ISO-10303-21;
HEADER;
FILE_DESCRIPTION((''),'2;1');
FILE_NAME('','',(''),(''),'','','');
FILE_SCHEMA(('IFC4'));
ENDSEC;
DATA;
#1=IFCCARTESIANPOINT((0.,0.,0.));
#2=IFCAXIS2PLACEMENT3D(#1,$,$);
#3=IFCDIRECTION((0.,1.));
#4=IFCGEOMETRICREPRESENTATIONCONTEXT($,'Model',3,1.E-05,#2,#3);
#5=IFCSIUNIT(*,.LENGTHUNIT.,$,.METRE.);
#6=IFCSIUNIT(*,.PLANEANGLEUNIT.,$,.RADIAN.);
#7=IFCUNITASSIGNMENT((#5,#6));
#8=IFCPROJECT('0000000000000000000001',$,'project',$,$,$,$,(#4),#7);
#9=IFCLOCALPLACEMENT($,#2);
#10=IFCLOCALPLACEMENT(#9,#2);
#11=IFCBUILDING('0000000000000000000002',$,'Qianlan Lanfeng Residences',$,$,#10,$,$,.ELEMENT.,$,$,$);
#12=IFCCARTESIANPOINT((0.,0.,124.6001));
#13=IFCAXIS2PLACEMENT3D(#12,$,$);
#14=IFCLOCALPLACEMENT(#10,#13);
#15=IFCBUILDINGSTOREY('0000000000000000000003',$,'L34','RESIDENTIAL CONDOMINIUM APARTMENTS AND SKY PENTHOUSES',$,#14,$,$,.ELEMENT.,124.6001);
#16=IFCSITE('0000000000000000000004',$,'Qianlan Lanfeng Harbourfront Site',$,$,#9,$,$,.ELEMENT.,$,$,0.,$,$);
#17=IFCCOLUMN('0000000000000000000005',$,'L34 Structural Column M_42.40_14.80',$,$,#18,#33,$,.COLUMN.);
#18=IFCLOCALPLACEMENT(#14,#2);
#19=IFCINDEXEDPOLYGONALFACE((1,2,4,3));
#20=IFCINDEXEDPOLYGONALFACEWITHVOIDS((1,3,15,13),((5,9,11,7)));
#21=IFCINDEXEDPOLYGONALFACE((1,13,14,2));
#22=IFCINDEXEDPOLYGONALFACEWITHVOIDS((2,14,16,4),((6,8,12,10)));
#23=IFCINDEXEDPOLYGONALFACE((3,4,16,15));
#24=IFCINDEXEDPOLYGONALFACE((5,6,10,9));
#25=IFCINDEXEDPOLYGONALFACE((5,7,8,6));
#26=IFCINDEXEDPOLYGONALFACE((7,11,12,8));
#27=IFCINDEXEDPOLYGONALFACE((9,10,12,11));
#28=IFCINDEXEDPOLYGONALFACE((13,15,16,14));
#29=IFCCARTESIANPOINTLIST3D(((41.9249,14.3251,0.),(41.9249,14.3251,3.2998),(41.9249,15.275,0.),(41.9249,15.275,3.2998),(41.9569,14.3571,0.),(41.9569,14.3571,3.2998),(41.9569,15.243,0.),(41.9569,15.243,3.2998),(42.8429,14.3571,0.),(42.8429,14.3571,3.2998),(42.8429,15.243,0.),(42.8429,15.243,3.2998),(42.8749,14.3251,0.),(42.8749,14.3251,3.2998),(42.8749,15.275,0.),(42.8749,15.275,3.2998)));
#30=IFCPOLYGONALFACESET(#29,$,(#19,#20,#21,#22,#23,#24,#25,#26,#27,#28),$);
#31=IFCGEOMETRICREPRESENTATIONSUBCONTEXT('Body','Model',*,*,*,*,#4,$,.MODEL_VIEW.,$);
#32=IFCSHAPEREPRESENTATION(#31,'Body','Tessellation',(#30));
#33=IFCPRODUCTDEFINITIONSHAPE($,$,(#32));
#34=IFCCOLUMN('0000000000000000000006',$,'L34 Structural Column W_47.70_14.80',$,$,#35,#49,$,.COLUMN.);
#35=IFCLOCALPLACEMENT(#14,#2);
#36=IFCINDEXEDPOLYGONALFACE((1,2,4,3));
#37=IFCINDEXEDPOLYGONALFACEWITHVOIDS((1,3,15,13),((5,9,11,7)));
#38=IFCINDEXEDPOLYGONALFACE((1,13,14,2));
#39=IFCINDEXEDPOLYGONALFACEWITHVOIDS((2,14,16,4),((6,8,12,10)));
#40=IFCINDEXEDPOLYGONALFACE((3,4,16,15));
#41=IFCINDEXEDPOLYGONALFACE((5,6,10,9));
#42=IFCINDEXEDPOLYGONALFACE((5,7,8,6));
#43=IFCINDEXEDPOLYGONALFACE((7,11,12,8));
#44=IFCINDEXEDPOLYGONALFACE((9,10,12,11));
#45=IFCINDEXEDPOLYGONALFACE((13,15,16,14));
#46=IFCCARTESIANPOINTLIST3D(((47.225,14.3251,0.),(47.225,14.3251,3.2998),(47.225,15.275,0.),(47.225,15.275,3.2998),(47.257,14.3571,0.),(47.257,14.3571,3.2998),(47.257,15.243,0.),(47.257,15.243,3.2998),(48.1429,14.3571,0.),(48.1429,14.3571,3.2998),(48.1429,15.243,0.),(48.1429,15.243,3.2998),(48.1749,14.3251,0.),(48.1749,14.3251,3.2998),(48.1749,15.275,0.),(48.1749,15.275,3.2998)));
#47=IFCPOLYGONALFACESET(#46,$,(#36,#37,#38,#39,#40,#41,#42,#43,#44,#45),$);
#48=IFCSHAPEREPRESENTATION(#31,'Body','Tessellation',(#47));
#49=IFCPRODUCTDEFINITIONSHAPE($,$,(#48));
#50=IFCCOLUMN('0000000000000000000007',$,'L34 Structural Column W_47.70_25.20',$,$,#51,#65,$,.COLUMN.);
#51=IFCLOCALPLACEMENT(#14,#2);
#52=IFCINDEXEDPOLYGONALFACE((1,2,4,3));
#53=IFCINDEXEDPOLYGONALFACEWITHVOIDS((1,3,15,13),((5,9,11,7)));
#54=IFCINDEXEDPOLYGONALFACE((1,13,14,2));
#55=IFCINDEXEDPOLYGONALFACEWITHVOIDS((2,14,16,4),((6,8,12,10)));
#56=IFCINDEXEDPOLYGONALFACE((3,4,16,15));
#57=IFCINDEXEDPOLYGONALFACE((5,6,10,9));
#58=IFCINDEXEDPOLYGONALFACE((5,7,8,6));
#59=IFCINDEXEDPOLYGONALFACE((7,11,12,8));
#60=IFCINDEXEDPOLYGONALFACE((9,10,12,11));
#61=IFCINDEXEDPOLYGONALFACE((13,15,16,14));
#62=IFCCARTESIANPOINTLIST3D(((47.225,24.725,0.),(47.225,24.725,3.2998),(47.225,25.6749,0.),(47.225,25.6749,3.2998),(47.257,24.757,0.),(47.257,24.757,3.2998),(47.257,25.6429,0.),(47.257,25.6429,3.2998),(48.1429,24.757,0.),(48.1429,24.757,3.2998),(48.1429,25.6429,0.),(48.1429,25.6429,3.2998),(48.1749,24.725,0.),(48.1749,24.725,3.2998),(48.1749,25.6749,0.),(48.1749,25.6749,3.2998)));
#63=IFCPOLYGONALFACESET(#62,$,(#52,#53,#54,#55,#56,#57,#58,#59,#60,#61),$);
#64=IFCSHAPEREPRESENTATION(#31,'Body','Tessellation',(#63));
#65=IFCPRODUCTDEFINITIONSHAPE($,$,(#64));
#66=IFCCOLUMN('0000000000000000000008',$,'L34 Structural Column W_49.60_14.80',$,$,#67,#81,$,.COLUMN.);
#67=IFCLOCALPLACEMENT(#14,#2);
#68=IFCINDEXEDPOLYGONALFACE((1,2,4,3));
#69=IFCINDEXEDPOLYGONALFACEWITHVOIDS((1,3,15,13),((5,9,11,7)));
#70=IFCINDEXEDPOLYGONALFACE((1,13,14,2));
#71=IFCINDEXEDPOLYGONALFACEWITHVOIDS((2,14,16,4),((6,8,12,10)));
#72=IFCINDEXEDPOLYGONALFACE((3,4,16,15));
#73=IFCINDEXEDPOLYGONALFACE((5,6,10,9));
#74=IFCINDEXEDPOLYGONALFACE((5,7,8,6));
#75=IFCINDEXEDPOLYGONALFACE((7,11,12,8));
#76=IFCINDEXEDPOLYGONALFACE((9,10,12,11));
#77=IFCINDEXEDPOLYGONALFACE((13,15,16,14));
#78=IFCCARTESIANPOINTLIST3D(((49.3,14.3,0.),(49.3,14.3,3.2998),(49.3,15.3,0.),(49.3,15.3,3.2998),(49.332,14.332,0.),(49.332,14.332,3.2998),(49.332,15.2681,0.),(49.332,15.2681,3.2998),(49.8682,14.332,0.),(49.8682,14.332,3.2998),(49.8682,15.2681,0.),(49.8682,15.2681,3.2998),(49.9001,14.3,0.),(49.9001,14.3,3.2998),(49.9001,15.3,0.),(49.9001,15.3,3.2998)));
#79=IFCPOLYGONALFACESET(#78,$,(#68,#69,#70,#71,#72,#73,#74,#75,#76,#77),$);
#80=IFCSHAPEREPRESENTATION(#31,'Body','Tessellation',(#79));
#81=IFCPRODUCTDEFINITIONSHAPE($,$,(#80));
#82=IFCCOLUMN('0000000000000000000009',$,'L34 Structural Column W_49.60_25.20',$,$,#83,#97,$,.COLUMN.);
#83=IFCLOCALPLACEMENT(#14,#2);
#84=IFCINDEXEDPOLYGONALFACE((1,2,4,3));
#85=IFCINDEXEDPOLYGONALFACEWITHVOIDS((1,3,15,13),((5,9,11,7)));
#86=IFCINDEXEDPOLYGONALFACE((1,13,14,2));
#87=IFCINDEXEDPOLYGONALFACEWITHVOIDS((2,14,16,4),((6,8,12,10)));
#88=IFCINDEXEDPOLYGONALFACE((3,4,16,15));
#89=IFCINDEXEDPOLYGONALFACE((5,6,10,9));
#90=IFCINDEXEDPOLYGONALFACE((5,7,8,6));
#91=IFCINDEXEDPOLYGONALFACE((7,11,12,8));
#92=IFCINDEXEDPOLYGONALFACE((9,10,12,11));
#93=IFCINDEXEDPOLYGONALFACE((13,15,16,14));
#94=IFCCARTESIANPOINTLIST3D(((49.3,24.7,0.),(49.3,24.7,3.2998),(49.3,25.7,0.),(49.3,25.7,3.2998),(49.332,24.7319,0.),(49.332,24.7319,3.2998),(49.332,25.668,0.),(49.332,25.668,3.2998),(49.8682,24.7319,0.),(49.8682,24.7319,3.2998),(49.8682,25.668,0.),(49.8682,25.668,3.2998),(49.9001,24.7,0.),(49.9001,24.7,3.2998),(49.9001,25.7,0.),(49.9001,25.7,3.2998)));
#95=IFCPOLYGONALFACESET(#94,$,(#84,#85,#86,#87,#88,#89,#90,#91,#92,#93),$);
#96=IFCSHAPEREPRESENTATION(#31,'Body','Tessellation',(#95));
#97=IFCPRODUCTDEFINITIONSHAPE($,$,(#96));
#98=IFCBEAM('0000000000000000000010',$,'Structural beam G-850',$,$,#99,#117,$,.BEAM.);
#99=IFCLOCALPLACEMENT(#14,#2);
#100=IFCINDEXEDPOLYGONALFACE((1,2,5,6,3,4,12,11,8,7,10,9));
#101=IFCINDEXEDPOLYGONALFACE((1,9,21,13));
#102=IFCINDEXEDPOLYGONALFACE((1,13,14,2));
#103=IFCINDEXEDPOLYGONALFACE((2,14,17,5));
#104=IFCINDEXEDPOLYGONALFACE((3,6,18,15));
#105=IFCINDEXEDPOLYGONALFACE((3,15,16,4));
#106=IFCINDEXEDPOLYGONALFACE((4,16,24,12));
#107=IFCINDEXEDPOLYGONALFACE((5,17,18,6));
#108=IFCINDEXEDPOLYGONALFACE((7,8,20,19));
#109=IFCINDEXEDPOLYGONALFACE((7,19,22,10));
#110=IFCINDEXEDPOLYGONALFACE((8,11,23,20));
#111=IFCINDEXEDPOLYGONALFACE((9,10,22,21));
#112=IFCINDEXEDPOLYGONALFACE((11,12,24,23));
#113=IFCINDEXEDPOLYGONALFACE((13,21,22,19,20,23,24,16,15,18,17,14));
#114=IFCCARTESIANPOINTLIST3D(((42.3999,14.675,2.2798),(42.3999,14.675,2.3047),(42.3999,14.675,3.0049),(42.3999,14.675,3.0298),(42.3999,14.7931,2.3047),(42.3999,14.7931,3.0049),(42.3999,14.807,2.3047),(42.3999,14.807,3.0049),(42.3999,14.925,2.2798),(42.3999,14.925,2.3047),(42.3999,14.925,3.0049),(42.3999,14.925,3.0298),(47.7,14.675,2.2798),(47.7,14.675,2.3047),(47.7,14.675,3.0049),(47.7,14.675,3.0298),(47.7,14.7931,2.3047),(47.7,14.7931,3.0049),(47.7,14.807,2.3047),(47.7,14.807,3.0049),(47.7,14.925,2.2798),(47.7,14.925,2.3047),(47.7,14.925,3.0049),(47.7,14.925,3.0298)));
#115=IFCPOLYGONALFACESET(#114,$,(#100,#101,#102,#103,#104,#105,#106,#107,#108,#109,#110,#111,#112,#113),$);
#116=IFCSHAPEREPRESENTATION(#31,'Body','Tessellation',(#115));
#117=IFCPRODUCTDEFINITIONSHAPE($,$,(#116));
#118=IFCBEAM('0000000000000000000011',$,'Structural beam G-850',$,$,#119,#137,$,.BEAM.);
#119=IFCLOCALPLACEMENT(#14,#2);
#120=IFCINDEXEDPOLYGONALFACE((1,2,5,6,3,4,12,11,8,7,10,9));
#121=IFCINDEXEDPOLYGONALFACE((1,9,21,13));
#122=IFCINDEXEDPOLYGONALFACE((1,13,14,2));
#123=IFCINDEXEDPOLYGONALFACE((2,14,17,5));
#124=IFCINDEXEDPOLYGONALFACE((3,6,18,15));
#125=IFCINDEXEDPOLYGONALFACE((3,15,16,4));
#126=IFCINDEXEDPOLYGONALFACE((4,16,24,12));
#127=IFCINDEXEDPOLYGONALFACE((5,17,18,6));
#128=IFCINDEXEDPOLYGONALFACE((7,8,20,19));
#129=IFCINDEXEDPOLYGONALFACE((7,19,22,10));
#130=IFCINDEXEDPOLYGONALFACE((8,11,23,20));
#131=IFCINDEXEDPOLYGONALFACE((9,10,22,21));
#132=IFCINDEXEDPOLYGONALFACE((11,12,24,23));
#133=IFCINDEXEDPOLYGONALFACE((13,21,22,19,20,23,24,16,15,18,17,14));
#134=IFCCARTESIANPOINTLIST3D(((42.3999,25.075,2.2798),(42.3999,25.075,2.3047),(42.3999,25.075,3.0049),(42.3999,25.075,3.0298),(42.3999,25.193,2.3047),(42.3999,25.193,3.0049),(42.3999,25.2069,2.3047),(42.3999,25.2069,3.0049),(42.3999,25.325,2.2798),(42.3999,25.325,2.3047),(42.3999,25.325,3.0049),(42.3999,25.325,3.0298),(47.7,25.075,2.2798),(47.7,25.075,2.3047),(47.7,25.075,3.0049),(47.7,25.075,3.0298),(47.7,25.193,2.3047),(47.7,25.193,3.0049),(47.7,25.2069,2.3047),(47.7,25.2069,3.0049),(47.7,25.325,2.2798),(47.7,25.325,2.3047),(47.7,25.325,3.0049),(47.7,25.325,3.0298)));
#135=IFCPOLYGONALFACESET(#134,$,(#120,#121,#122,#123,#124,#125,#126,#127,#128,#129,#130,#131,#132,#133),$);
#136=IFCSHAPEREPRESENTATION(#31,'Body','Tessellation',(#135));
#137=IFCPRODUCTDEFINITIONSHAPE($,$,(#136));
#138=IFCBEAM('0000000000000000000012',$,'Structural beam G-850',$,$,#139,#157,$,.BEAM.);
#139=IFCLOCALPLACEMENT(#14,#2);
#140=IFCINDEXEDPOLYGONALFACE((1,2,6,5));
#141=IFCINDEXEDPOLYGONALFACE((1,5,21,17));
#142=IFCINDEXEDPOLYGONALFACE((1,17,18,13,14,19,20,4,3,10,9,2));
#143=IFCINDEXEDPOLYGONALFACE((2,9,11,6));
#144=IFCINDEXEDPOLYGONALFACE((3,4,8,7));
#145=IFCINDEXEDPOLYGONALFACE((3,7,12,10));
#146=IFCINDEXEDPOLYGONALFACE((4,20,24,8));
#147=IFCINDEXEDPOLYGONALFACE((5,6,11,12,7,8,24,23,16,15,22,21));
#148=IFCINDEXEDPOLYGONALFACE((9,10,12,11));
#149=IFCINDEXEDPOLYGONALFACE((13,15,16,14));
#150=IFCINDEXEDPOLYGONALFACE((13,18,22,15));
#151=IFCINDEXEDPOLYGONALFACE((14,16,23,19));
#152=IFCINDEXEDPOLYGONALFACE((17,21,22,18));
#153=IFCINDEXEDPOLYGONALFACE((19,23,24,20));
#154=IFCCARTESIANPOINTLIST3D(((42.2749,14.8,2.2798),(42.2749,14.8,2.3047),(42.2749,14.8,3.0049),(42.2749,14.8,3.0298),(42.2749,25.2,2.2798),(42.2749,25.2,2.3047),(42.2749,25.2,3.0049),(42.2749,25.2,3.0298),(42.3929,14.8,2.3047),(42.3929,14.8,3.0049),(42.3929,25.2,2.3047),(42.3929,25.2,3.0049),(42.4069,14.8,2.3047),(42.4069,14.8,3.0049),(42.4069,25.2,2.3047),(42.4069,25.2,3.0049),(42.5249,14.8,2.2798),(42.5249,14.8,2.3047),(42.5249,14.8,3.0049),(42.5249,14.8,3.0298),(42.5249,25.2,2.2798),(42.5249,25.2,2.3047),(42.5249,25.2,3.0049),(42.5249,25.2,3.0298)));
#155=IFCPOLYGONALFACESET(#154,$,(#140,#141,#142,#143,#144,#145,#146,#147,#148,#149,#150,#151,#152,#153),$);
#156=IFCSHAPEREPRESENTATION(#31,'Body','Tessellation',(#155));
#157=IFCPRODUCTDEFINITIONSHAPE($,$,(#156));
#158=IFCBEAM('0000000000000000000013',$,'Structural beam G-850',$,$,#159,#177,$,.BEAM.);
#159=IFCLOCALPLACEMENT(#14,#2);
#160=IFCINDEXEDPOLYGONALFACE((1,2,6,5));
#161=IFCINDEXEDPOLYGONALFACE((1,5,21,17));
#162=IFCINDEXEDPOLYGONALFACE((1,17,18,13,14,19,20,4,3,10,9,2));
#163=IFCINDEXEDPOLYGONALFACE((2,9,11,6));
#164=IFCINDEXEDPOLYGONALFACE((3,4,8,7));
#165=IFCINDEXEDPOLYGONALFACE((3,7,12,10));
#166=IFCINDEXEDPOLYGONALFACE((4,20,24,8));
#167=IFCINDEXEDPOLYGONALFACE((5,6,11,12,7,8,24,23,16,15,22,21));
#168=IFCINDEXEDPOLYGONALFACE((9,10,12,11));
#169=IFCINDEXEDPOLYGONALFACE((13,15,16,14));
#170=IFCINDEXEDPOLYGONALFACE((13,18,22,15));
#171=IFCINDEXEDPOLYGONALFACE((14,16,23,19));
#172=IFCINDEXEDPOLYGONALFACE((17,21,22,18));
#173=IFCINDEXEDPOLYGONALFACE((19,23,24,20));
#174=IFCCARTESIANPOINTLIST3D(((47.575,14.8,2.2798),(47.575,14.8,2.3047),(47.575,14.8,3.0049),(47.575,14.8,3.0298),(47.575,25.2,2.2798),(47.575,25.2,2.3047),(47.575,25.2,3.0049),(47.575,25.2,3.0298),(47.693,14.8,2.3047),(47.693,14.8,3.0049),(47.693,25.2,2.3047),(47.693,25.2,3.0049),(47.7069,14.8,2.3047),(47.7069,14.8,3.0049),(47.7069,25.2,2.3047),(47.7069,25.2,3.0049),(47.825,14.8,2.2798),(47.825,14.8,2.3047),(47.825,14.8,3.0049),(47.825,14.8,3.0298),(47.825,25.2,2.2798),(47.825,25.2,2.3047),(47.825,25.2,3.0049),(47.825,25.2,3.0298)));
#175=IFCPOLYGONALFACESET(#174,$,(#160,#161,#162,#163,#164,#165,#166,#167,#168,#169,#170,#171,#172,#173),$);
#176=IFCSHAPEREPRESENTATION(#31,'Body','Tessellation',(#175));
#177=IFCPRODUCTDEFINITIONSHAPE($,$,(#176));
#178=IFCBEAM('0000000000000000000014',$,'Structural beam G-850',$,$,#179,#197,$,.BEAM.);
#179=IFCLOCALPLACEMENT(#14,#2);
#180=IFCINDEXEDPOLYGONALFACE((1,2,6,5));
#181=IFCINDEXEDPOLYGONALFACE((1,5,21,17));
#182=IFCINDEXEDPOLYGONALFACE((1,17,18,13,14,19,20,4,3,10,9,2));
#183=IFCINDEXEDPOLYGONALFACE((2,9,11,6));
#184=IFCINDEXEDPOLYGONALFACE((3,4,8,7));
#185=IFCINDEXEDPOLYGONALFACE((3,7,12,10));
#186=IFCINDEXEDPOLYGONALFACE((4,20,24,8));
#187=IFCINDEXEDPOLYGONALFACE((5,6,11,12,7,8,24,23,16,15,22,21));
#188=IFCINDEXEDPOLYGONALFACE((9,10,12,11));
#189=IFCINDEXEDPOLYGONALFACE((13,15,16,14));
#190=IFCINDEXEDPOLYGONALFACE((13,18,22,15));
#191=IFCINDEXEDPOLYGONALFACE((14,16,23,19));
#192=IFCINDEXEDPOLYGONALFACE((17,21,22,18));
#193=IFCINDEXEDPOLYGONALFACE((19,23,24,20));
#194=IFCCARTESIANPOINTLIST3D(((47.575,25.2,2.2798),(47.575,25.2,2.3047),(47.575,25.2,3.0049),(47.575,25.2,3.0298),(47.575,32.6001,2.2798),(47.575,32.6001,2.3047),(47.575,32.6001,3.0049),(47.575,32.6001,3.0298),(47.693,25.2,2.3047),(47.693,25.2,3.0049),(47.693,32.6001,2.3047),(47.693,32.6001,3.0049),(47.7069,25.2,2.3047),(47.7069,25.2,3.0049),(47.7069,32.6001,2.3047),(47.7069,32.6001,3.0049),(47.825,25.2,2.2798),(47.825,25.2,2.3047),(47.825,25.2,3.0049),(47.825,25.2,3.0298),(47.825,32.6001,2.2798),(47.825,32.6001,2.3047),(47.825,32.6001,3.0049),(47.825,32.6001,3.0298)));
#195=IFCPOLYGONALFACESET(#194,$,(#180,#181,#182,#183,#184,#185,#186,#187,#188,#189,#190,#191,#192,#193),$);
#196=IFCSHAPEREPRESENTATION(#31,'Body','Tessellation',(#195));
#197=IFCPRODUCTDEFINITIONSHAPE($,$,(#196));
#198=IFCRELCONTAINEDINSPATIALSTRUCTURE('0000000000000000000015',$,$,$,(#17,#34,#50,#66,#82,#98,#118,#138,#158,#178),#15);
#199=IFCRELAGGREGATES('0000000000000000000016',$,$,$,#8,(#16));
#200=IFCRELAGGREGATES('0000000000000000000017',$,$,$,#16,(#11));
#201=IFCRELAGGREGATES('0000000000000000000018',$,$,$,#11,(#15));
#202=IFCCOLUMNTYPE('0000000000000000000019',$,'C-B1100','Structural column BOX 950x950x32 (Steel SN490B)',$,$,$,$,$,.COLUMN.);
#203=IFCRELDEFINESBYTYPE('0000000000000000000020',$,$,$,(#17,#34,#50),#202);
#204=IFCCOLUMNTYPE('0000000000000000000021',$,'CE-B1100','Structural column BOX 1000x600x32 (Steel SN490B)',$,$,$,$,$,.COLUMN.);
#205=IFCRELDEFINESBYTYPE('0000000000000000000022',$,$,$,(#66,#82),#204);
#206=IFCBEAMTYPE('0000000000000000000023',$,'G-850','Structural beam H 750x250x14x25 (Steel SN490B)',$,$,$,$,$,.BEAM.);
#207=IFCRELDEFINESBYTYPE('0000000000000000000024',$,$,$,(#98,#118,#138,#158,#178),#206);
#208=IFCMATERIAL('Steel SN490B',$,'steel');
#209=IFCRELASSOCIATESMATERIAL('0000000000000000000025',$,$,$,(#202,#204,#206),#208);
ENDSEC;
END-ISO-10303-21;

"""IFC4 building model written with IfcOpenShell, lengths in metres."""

from ifc_helpers import new_model, si_unit, direction, frame, origin, origin_2d, place, context, subcontext, project, spatial, hollow_rectangle, i_section, extrude, material, material_profile, profile_set, type_object, element, save


model = new_model("IFC4")

# Units and contexts
model_context = context("Model", 3, precision=1e-05, world=origin(), true_north=direction((0.0, 1.0)))
body_context = subcontext(model_context, "Body", "Model", "MODEL_VIEW")
ifc_project = project(units=[si_unit("LENGTHUNIT", "METRE"), si_unit("PLANEANGLEUNIT", "RADIAN")], contexts=[model_context])

# Site, building, storey
site_placement = place(None, origin())
site = spatial("IfcSite", under=ifc_project, at=site_placement, Name="Qianlan Lanfeng Harbourfront Site", CompositionType="ELEMENT", RefElevation=0.0)
building_placement = place(site_placement, origin())
building = spatial("IfcBuilding", under=site, at=building_placement, Name="Qianlan Lanfeng Residences", CompositionType="ELEMENT")
storey_placement = place(building_placement, frame((0.0, 0.0, 124.6001)))
storey = spatial("IfcBuildingStorey", under=building, at=storey_placement, Name="L34", Description="RESIDENTIAL CONDOMINIUM APARTMENTS AND SKY PENTHOUSES", CompositionType="ELEMENT", Elevation=124.6001)

# Columns
ifc_material_1 = material(Name="Steel SN490B", Category="steel")
ifc_material_profile_1 = material_profile(ifc_material_1, hollow_rectangle(XDim=0.95, YDim=0.95, WallThickness=0.032, at=origin_2d()), Name="BOX 950x950x32")
ifc_profile_set_1 = profile_set([ifc_material_profile_1], Name="Steel SN490B")
column_type_1 = type_object("IfcColumnType", Name="C-B1100", Description="Structural column BOX 950x950x32 (Steel SN490B)", PredefinedType="COLUMN", material=ifc_profile_set_1)
for number, where, z_axis, x_axis, name in (
    (1, (42.3999, 14.8, 0.0), (0.0, 0.0, 1.0), (1.0, 0.0, 0.0), "L34 Structural Column M_42.40_14.80"),
    (2, (47.7, 14.8, 0.0), (0.0, 0.0, 1.0), (1.0, 0.0, 0.0), "L34 Structural Column W_47.70_14.80"),
    (3, (47.7, 25.2, 0.0), (0.0, 0.0, 1.0), (1.0, 0.0, 0.0), "L34 Structural Column W_47.70_25.20"),
):
    element("IfcColumn", number, at=place(storey_placement, frame(where, z_axis=z_axis, x_axis=x_axis)), inside=storey, type_object=column_type_1, Name=name, PredefinedType="COLUMN", context=body_context, shape_type="SweptSolid", body=[
        extrude(hollow_rectangle(XDim=0.95, YDim=0.95, WallThickness=0.032, at=origin_2d()), origin(), (0.0, 0.0, 1.0), 3.2998),
    ])
ifc_material_profile_2 = material_profile(ifc_material_1, hollow_rectangle(XDim=0.6001, YDim=1.0, WallThickness=0.032, at=origin_2d()), Name="BOX 1000x600x32")
ifc_profile_set_2 = profile_set([ifc_material_profile_2], Name="Steel SN490B")
column_type_2 = type_object("IfcColumnType", Name="CE-B1100", Description="Structural column BOX 1000x600x32 (Steel SN490B)", PredefinedType="COLUMN", material=ifc_profile_set_2)
for number, where, z_axis, x_axis, name in (
    (4, (49.6001, 14.8, 0.0), (0.0, 0.0, 1.0), (1.0, 0.0, 0.0), "L34 Structural Column W_49.60_14.80"),
    (5, (49.6001, 25.2, 0.0), (0.0, 0.0, 1.0), (1.0, 0.0, 0.0), "L34 Structural Column W_49.60_25.20"),
):
    element("IfcColumn", number, at=place(storey_placement, frame(where, z_axis=z_axis, x_axis=x_axis)), inside=storey, type_object=column_type_2, Name=name, PredefinedType="COLUMN", context=body_context, shape_type="SweptSolid", body=[
        extrude(hollow_rectangle(XDim=0.6001, YDim=1.0, WallThickness=0.032, at=origin_2d()), origin(), (0.0, 0.0, 1.0), 3.2998),
    ])

# Beams
ifc_material_profile_3 = material_profile(ifc_material_1, i_section(OverallWidth=0.25, OverallDepth=0.75, WebThickness=0.0139, FlangeThickness=0.0249, at=origin_2d()), Name="H 750x250x14x25")
ifc_profile_set_3 = profile_set([ifc_material_profile_3], Name="Steel SN490B")
beam_type_1 = type_object("IfcBeamType", Name="G-850", Description="Structural beam H 750x250x14x25 (Steel SN490B)", PredefinedType="BEAM", material=ifc_profile_set_3)
for number, where, z_axis, x_axis, name in (
    (6, (42.3999, 14.8, 2.6548), (1.0, 0.0, 0.0), (0.0, 1.0, 0.0), "Structural beam G-850"),
    (7, (42.3999, 25.2, 2.6548), (1.0, 0.0, 0.0), (0.0, 1.0, 0.0), "Structural beam G-850"),
):
    element("IfcBeam", number, at=place(storey_placement, frame(where, z_axis=z_axis, x_axis=x_axis)), inside=storey, type_object=beam_type_1, Name=name, PredefinedType="BEAM", context=body_context, shape_type="SweptSolid", body=[
        extrude(i_section(OverallWidth=0.25, OverallDepth=0.75, WebThickness=0.0139, FlangeThickness=0.0249, at=origin_2d()), origin(), (0.0, 0.0, 1.0), 5.3),
    ])
for number, where, z_axis, x_axis, name in (
    (8, (42.3999, 14.8, 2.6548), (0.0, 1.0, 0.0), (-1.0, 0.0, 0.0), "Structural beam G-850"),
    (9, (47.7, 14.8, 2.6548), (0.0, 1.0, 0.0), (-1.0, 0.0, 0.0), "Structural beam G-850"),
):
    element("IfcBeam", number, at=place(storey_placement, frame(where, z_axis=z_axis, x_axis=x_axis)), inside=storey, type_object=beam_type_1, Name=name, PredefinedType="BEAM", context=body_context, shape_type="SweptSolid", body=[
        extrude(i_section(OverallWidth=0.25, OverallDepth=0.75, WebThickness=0.0139, FlangeThickness=0.0249, at=origin_2d()), origin(), (0.0, 0.0, 1.0), 10.3999),
    ])
beam_1_placement = place(storey_placement, frame((47.7, 25.2, 2.6548), z_axis=(0.0, 1.0, 0.0), x_axis=(-1.0, 0.0, 0.0)))
element("IfcBeam", 10, at=beam_1_placement, inside=storey, type_object=beam_type_1, Name="Structural beam G-850", PredefinedType="BEAM", context=body_context, shape_type="SweptSolid", body=[
    extrude(i_section(OverallWidth=0.25, OverallDepth=0.75, WebThickness=0.0139, FlangeThickness=0.0249, at=origin_2d()), origin(), (0.0, 0.0, 1.0), 7.4001),
])

save(model, "model.ifc")
